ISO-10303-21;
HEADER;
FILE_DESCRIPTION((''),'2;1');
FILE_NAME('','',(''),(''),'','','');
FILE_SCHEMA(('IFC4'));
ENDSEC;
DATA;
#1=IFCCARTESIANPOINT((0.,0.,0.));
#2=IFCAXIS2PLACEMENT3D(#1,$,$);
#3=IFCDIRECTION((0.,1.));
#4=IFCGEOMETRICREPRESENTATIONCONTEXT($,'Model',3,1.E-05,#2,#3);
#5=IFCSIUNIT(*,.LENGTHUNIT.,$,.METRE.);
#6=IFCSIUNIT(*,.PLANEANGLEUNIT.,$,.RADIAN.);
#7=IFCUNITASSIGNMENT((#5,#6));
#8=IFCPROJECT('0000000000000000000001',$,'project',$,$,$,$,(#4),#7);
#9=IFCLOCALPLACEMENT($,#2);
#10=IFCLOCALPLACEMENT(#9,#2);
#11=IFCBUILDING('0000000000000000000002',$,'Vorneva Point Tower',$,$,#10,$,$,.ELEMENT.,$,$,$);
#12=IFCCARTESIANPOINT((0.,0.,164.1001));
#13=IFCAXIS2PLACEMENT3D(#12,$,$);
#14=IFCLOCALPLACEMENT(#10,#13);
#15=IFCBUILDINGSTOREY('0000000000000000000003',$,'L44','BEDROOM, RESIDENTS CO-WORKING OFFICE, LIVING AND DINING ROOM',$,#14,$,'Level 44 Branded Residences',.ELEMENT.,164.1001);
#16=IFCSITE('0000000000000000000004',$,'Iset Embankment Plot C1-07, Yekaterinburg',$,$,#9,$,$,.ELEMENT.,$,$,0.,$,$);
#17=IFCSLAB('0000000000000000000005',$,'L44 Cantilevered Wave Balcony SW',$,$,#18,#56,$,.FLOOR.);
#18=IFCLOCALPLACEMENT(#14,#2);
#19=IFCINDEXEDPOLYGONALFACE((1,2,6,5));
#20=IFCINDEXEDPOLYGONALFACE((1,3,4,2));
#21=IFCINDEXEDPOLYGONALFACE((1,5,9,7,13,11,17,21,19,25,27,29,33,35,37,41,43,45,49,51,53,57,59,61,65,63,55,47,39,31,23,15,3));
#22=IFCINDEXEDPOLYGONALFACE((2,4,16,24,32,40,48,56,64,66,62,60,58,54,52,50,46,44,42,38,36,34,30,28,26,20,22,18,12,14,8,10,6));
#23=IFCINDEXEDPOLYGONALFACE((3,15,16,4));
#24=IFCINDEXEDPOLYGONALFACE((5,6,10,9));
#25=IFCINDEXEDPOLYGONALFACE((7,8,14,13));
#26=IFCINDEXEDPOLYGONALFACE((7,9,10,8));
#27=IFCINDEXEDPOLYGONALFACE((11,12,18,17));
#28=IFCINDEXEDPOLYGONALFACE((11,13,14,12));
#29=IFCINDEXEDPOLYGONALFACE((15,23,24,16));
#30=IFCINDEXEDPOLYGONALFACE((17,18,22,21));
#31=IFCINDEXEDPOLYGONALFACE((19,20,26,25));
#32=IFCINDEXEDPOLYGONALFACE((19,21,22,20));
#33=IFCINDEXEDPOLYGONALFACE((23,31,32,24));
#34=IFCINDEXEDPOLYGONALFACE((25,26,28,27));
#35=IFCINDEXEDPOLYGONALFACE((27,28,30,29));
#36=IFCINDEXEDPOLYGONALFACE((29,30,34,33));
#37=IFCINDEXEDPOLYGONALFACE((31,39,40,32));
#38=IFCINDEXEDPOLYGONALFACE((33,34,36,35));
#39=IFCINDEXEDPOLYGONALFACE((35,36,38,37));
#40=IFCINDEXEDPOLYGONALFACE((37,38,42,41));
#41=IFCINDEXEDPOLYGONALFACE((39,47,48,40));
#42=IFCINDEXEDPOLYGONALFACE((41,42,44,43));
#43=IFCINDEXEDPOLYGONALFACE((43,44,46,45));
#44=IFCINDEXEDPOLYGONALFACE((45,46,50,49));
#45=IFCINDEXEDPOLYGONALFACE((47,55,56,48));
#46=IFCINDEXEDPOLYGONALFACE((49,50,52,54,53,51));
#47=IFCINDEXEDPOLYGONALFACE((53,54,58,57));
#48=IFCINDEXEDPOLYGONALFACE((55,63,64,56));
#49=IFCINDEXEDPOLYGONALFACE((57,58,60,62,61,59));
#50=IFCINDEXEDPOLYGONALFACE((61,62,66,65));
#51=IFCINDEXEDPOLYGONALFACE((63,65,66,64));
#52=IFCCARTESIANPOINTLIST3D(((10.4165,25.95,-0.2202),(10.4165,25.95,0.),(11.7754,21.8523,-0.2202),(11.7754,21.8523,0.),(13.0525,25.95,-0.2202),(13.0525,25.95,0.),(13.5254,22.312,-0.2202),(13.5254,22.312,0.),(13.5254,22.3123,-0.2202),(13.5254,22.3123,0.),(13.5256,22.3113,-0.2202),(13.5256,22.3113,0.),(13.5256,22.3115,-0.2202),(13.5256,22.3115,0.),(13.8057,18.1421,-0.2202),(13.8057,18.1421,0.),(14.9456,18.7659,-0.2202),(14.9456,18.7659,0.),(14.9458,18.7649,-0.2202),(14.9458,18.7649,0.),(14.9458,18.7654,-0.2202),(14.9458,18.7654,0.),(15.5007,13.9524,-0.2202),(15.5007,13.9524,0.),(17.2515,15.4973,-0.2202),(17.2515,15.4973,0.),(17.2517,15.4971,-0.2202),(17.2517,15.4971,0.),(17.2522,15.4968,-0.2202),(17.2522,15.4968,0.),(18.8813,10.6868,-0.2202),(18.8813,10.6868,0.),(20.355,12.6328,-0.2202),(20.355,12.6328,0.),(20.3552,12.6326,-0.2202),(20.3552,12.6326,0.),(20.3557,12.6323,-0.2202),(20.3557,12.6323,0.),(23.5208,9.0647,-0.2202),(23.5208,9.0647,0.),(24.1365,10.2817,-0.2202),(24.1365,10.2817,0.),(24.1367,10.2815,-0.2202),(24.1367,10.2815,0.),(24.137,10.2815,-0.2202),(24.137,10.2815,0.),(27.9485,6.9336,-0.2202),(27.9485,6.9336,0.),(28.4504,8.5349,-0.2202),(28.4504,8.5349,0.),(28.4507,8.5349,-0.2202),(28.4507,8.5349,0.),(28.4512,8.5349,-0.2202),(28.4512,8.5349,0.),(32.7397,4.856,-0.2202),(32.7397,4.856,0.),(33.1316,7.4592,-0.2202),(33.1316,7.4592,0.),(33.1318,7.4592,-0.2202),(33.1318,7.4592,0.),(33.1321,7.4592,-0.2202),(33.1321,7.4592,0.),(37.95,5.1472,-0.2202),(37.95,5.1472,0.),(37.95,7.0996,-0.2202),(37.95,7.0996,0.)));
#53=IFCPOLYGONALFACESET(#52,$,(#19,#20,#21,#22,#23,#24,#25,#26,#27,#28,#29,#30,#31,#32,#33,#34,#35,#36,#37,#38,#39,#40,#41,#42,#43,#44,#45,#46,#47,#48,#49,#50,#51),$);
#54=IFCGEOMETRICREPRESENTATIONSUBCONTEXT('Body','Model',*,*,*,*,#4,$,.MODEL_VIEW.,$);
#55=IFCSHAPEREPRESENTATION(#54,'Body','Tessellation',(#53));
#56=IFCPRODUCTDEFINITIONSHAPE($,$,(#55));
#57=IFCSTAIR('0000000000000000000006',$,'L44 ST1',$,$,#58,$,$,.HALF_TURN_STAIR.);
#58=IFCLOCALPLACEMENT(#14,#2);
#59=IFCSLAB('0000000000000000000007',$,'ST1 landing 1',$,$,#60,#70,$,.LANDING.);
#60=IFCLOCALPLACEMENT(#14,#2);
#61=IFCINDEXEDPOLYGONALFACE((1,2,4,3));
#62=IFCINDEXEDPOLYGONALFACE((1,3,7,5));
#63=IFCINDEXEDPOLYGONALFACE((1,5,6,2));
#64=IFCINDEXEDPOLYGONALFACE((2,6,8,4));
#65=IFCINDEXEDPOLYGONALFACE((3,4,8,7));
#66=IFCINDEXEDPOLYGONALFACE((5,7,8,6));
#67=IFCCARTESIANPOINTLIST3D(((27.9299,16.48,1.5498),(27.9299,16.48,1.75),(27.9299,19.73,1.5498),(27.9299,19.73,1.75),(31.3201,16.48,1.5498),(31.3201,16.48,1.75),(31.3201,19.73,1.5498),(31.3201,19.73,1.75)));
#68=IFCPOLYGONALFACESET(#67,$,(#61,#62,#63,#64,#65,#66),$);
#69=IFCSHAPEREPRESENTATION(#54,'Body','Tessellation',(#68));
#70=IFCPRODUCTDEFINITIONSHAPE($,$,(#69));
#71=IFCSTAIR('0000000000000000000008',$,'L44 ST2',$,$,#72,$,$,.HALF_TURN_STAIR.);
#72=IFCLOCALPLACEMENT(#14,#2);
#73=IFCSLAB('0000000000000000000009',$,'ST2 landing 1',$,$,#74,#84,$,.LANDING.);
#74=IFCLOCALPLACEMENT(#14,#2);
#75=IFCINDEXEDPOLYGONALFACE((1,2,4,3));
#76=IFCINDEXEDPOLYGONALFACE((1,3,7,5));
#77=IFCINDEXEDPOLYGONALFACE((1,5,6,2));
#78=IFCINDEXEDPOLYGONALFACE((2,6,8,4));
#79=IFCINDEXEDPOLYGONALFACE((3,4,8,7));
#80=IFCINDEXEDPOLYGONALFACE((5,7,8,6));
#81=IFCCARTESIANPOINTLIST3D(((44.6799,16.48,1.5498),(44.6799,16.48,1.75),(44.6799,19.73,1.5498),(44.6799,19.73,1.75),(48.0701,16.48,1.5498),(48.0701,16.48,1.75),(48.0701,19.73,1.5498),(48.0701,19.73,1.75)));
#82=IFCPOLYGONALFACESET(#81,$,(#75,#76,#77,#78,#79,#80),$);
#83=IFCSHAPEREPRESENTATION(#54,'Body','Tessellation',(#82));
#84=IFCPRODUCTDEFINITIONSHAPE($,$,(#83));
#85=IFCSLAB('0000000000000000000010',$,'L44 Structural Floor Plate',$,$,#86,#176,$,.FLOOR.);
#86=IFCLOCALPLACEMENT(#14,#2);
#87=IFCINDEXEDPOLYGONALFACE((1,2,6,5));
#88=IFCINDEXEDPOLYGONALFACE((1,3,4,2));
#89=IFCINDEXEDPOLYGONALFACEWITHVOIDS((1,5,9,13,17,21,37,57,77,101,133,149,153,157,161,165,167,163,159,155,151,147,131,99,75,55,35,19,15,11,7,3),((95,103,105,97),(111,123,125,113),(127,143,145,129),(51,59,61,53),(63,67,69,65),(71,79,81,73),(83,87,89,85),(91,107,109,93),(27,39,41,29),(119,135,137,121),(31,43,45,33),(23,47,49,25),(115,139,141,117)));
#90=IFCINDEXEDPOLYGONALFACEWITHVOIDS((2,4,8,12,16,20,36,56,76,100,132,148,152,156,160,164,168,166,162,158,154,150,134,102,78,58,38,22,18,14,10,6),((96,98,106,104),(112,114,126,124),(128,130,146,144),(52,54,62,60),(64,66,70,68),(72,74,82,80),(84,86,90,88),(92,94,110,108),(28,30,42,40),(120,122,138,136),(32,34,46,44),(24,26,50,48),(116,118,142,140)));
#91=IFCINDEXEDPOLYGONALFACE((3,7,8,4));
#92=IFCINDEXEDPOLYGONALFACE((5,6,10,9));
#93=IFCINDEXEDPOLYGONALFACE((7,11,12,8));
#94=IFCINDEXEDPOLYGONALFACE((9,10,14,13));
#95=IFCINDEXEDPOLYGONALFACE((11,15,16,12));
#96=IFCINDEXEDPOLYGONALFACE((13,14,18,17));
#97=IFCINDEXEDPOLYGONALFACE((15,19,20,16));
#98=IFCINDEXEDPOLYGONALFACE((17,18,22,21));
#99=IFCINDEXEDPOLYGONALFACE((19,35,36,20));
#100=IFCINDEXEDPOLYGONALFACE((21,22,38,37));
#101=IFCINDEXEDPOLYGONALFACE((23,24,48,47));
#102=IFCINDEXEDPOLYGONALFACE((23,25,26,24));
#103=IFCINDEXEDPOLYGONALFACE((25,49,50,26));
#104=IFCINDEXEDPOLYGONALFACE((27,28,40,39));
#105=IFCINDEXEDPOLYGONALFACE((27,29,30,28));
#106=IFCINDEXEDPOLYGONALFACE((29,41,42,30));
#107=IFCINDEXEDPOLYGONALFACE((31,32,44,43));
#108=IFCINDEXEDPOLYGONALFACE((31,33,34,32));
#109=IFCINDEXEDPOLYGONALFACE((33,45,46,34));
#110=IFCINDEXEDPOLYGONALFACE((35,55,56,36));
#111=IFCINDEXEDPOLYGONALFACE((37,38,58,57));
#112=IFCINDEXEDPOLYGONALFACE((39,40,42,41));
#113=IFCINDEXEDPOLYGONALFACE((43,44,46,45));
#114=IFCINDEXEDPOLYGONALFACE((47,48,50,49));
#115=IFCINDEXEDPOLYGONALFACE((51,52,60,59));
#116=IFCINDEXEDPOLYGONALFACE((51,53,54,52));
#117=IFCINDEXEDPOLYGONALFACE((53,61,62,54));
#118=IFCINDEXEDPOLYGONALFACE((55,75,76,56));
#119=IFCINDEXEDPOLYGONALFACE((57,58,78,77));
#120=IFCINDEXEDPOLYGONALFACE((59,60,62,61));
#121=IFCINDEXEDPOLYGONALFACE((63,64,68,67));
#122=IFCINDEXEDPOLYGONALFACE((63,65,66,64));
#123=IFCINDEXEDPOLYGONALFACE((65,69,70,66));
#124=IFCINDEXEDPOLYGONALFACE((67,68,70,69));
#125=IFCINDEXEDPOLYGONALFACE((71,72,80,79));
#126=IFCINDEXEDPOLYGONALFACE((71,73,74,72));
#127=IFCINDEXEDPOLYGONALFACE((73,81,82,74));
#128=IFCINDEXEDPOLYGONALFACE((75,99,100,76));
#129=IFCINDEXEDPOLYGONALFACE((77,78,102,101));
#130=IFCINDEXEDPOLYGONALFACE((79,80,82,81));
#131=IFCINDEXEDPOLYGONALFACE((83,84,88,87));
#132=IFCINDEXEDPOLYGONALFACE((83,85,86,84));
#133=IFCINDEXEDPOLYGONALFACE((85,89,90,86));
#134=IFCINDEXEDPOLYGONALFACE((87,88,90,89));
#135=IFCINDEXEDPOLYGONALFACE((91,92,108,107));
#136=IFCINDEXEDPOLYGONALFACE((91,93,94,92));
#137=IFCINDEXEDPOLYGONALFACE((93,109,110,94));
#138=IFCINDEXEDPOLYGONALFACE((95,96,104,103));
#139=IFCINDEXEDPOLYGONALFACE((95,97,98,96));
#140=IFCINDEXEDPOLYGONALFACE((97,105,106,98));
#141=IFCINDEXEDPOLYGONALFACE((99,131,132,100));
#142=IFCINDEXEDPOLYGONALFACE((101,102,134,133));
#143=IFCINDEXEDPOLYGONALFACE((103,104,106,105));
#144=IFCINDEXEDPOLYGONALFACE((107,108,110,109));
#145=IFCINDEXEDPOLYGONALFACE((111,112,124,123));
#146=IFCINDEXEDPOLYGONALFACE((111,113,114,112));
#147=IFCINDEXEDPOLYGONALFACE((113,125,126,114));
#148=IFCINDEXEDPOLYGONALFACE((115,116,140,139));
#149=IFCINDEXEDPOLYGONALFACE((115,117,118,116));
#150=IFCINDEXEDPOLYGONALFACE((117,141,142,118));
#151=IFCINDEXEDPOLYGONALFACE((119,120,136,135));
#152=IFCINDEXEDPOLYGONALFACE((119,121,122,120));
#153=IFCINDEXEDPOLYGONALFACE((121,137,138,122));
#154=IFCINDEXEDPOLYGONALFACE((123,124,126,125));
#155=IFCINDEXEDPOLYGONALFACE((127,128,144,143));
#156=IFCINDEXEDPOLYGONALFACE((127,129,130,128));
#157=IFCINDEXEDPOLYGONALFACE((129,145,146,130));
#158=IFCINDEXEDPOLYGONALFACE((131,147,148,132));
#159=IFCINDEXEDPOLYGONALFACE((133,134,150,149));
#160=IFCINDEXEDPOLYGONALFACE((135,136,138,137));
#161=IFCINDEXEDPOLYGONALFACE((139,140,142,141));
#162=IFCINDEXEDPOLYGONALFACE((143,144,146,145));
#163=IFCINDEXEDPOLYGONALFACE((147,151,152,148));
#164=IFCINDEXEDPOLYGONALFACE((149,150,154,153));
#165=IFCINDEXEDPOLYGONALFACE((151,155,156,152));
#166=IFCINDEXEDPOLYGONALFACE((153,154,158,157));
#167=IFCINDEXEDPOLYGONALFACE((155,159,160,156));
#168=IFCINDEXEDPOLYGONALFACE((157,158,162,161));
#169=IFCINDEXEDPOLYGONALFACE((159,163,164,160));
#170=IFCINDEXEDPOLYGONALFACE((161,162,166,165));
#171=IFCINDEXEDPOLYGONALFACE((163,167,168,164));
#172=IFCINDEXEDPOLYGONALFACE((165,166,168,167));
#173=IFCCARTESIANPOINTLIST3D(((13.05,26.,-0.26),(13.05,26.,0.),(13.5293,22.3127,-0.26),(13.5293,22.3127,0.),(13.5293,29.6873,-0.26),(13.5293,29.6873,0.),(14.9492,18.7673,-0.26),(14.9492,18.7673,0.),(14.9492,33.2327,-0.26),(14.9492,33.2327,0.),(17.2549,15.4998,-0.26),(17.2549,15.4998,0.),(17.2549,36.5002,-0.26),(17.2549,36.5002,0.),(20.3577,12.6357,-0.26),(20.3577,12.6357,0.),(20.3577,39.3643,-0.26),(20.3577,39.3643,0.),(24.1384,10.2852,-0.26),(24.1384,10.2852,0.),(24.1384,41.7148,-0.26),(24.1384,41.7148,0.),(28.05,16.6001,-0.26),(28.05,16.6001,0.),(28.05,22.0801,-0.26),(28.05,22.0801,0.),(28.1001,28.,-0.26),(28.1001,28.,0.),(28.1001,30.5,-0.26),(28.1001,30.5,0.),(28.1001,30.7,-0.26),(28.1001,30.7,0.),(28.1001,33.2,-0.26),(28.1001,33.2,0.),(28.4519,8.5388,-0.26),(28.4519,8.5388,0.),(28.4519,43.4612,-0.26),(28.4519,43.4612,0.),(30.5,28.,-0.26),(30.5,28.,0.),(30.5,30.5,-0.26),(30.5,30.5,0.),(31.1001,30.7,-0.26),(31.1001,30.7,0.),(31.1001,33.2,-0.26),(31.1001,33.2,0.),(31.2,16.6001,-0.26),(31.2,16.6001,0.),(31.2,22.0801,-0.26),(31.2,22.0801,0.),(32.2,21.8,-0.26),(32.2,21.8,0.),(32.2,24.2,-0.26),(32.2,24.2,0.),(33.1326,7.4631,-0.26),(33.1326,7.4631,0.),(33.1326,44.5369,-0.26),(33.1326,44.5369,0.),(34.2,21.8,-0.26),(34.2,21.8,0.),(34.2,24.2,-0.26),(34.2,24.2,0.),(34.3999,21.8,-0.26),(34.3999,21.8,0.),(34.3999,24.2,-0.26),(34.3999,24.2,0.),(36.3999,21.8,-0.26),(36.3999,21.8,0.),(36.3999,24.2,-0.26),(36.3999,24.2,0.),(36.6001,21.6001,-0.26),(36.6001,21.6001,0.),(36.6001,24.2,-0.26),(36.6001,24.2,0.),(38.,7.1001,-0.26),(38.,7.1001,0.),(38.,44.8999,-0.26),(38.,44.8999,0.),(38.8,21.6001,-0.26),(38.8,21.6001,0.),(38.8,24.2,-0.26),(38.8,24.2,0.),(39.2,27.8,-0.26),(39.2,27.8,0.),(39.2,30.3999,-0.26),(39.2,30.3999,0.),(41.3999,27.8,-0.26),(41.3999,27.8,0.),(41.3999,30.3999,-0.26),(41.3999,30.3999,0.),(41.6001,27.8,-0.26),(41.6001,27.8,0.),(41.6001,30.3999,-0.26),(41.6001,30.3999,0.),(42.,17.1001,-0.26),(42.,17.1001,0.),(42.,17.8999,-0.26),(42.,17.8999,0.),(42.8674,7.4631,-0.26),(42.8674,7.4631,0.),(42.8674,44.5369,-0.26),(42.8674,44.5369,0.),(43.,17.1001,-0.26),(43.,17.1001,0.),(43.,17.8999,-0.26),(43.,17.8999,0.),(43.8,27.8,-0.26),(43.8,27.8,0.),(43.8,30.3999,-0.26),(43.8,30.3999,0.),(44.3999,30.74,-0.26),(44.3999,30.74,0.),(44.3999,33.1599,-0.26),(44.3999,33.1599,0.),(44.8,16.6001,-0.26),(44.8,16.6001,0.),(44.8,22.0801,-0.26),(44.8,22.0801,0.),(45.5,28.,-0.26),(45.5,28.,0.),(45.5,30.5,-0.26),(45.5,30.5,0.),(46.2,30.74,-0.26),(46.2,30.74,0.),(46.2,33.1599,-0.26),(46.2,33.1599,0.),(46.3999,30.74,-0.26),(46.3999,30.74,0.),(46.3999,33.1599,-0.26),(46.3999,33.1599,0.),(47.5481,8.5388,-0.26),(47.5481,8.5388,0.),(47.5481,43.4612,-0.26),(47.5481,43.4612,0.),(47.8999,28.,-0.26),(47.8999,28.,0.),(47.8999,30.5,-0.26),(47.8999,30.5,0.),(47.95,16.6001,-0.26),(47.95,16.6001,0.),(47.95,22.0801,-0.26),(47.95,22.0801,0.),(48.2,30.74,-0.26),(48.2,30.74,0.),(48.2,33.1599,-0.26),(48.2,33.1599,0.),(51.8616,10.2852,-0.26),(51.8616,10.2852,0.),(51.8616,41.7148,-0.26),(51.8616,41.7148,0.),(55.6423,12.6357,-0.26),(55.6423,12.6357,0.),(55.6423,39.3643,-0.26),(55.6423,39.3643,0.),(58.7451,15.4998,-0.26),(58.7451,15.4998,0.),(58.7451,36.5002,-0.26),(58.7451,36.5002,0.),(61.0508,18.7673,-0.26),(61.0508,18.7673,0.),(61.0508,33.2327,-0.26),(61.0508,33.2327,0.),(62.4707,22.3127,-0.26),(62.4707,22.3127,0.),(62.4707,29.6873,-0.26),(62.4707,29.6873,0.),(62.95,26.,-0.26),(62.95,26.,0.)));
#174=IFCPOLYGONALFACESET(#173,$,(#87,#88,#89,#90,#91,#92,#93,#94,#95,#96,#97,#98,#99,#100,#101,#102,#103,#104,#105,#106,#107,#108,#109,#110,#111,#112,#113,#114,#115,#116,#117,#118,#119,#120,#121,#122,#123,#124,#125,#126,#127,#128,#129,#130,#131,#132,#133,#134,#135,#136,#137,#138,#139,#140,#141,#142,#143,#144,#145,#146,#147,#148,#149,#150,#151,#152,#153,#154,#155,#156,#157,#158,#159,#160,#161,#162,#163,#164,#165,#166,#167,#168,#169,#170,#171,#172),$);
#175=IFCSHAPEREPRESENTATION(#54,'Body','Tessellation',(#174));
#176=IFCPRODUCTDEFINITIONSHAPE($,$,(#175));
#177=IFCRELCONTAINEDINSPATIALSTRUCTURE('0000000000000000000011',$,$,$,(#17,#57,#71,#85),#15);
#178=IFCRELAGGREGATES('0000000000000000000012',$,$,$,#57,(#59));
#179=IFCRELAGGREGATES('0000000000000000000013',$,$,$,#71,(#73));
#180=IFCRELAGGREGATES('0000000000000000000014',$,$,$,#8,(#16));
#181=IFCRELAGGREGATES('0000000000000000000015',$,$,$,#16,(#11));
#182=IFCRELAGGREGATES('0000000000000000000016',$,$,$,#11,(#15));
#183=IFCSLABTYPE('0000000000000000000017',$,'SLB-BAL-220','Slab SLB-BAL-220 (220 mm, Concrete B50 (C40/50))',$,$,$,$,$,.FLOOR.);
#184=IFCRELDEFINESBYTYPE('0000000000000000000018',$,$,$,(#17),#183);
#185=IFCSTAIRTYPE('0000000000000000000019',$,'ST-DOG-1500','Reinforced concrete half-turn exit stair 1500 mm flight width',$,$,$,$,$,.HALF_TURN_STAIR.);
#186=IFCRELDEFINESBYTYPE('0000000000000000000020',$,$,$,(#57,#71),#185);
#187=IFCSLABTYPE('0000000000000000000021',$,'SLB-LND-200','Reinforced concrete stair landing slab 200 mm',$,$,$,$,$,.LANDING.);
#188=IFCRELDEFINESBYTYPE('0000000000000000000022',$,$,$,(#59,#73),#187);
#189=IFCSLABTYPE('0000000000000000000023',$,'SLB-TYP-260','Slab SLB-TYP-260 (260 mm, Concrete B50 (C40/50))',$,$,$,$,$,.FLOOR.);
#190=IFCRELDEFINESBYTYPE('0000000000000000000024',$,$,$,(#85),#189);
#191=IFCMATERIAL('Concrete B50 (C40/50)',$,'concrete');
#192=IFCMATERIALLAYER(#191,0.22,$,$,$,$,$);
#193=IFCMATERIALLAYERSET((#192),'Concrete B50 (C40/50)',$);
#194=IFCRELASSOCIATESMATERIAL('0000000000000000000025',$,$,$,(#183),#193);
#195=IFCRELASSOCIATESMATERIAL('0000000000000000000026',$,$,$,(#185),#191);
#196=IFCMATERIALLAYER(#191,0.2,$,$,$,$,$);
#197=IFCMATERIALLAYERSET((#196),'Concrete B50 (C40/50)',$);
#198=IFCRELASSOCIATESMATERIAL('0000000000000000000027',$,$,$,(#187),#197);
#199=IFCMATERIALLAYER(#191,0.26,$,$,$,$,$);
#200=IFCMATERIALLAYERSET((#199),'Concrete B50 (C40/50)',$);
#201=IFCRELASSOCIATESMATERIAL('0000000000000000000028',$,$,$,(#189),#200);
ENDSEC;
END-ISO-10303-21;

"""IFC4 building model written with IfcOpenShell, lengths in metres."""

from ifc_helpers import new_model, si_unit, direction, frame, origin, place, context, subcontext, project, spatial, polyline, outline, extrude, material, layer, layer_set, type_object, element, aggregate, save


model = new_model("IFC4")

# Units and contexts
model_context = context("Model", 3, precision=1e-05, world=origin(), true_north=direction((0.0, 1.0)))
body_context = subcontext(model_context, "Body", "Model", "MODEL_VIEW")
ifc_project = project(units=[si_unit("LENGTHUNIT", "METRE"), si_unit("PLANEANGLEUNIT", "RADIAN")], contexts=[model_context])

# Site, building, storey
site_placement = place(None, origin())
site = spatial("IfcSite", under=ifc_project, at=site_placement, Name="Iset Embankment Plot C1-07, Yekaterinburg", CompositionType="ELEMENT", RefElevation=0.0)
building_placement = place(site_placement, origin())
building = spatial("IfcBuilding", under=site, at=building_placement, Name="Vorneva Point Tower", CompositionType="ELEMENT")
storey_placement = place(building_placement, frame((0.0, 0.0, 164.1001)))
storey = spatial("IfcBuildingStorey", under=building, at=storey_placement, Name="L44", Description="BEDROOM, RESIDENTS CO-WORKING OFFICE, LIVING AND DINING ROOM", LongName="Level 44 Branded Residences", CompositionType="ELEMENT", Elevation=164.1001)

# Slab
ifc_material_1 = material(Name="Concrete B50 (C40/50)", Category="concrete")
ifc_layer_1 = layer(ifc_material_1, 0.22)
ifc_layer_set_1 = layer_set([ifc_layer_1], Name="Concrete B50 (C40/50)")
slab_type_1 = type_object("IfcSlabType", Name="SLB-BAL-220", Description="Slab SLB-BAL-220 (220 mm, Concrete B50 (C40/50))", PredefinedType="FLOOR", material=ifc_layer_set_1)
slab_1_placement = place(storey_placement, frame((0.0, 0.0, -0.2202)))
element("IfcSlab", 1, at=slab_1_placement, inside=storey, type_object=slab_type_1, Name="L44 Cantilevered Wave Balcony SW", PredefinedType="FLOOR", context=body_context, shape_type="SweptSolid", body=[
    extrude(outline(polyline([(37.95, 5.1472), (37.95, 7.0996), (33.1321, 7.4592), (33.1318, 7.4592), (33.1316, 7.4592), (28.4512, 8.5349), (28.4507, 8.5349), (28.4504, 8.5349), (24.137, 10.2815), (24.1367, 10.2815), (24.1365, 10.2817), (20.3557, 12.6323), (20.3552, 12.6326), (20.355, 12.6328), (17.2522, 15.4968), (17.2517, 15.4971), (17.2515, 15.4973), (14.9458, 18.7649), (14.9458, 18.7654), (14.9456, 18.7659), (13.5256, 22.3113), (13.5256, 22.3115), (13.5254, 22.312), (13.5254, 22.3123), (13.0525, 25.95), (10.4165, 25.95), (11.7754, 21.8523), (13.8057, 18.1421), (15.5007, 13.9524), (18.8813, 10.6868), (23.5208, 9.0647), (27.9485, 6.9336), (32.7397, 4.856), (37.95, 5.1472)])), origin(), (0.0, 0.0, 1.0), 0.2202),
])

# Stairs, slabs
stair_type = type_object("IfcStairType", Name="ST-DOG-1500", Description="Reinforced concrete half-turn exit stair 1500 mm flight width", PredefinedType="HALF_TURN_STAIR", material=ifc_material_1)
stair_1_placement = place(storey_placement, origin())
stair_1 = element("IfcStair", 2, at=stair_1_placement, inside=storey, type_object=stair_type, Name="L44 ST1", PredefinedType="HALF_TURN_STAIR")
ifc_layer_2 = layer(ifc_material_1, 0.2)
ifc_layer_set_2 = layer_set([ifc_layer_2], Name="Concrete B50 (C40/50)")
slab_type_2 = type_object("IfcSlabType", Name="SLB-LND-200", Description="Reinforced concrete stair landing slab 200 mm", PredefinedType="LANDING", material=ifc_layer_set_2)
slab_2_placement = place(storey_placement, frame((0.0, 0.0, 1.5498)))
slab_2 = element("IfcSlab", 3, at=slab_2_placement, type_object=slab_type_2, Name="ST1 landing 1", PredefinedType="LANDING", context=body_context, shape_type="SweptSolid", body=[
    extrude(outline(polyline([(27.9299, 16.48), (31.3201, 16.48), (31.3201, 19.73), (27.9299, 19.73), (27.9299, 16.48)])), origin(), (0.0, 0.0, 1.0), 0.2002),
])
aggregate(stair_1, [slab_2])
stair_2_placement = place(storey_placement, origin())
stair_2 = element("IfcStair", 4, at=stair_2_placement, inside=storey, type_object=stair_type, Name="L44 ST2", PredefinedType="HALF_TURN_STAIR")
slab_3_placement = place(storey_placement, frame((0.0, 0.0, 1.5498)))
slab_3 = element("IfcSlab", 5, at=slab_3_placement, type_object=slab_type_2, Name="ST2 landing 1", PredefinedType="LANDING", context=body_context, shape_type="SweptSolid", body=[
    extrude(outline(polyline([(44.6799, 16.48), (48.0701, 16.48), (48.0701, 19.73), (44.6799, 19.73), (44.6799, 16.48)])), origin(), (0.0, 0.0, 1.0), 0.2002),
])
aggregate(stair_2, [slab_3])

# Slab
ifc_layer_3 = layer(ifc_material_1, 0.26)
ifc_layer_set_3 = layer_set([ifc_layer_3], Name="Concrete B50 (C40/50)")
slab_type_3 = type_object("IfcSlabType", Name="SLB-TYP-260", Description="Slab SLB-TYP-260 (260 mm, Concrete B50 (C40/50))", PredefinedType="FLOOR", material=ifc_layer_set_3)
slab_4_placement = place(storey_placement, frame((0.0, 0.0, -0.26)))
element("IfcSlab", 6, at=slab_4_placement, inside=storey, type_object=slab_type_3, Name="L44 Structural Floor Plate", PredefinedType="FLOOR", context=body_context, shape_type="SweptSolid", body=[
    extrude(outline(polyline([(62.95, 26.0), (62.4707, 29.6873), (61.0508, 33.2327), (58.7451, 36.5002), (55.6423, 39.3643), (51.8616, 41.7148), (47.5481, 43.4612), (42.8674, 44.5369), (38.0, 44.8999), (33.1326, 44.5369), (28.4519, 43.4612), (24.1384, 41.7148), (20.3577, 39.3643), (17.2549, 36.5002), (14.9492, 33.2327), (13.5293, 29.6873), (13.05, 26.0), (13.5293, 22.3127), (14.9492, 18.7673), (17.2549, 15.4998), (20.3577, 12.6357), (24.1384, 10.2852), (28.4519, 8.5388), (33.1326, 7.4631), (38.0, 7.1001), (42.8674, 7.4631), (47.5481, 8.5388), (51.8616, 10.2852), (55.6423, 12.6357), (58.7451, 15.4998), (61.0508, 18.7673), (62.4707, 22.3127), (62.95, 26.0)]), holes=[polyline([(32.2, 21.8), (34.2, 21.8), (34.2, 24.2), (32.2, 24.2), (32.2, 21.8)]), polyline([(34.3999, 21.8), (36.3999, 21.8), (36.3999, 24.2), (34.3999, 24.2), (34.3999, 21.8)]), polyline([(36.6001, 21.6001), (38.8, 21.6001), (38.8, 24.2), (36.6001, 24.2), (36.6001, 21.6001)]), polyline([(39.2, 27.8), (41.3999, 27.8), (41.3999, 30.3999), (39.2, 30.3999), (39.2, 27.8)]), polyline([(41.6001, 27.8), (43.8, 27.8), (43.8, 30.3999), (41.6001, 30.3999), (41.6001, 27.8)]), polyline([(44.3999, 30.74), (46.2, 30.74), (46.2, 33.1599), (44.3999, 33.1599), (44.3999, 30.74)]), polyline([(46.3999, 30.74), (48.2, 30.74), (48.2, 33.1599), (46.3999, 33.1599), (46.3999, 30.74)]), polyline([(28.1001, 28.0), (30.5, 28.0), (30.5, 30.5), (28.1001, 30.5), (28.1001, 28.0)]), polyline([(45.5, 28.0), (47.8999, 28.0), (47.8999, 30.5), (45.5, 30.5), (45.5, 28.0)]), polyline([(28.1001, 30.7), (31.1001, 30.7), (31.1001, 33.2), (28.1001, 33.2), (28.1001, 30.7)]), polyline([(28.05, 16.6001), (31.2, 16.6001), (31.2, 22.0801), (28.05, 22.0801), (28.05, 16.6001)]), polyline([(44.8, 16.6001), (47.95, 16.6001), (47.95, 22.0801), (44.8, 22.0801), (44.8, 16.6001)]), polyline([(42.0, 17.1001), (43.0, 17.1001), (43.0, 17.8999), (42.0, 17.8999), (42.0, 17.1001)])]), origin(), (0.0, 0.0, 1.0), 0.26),
])

save(model, "model.ifc")
